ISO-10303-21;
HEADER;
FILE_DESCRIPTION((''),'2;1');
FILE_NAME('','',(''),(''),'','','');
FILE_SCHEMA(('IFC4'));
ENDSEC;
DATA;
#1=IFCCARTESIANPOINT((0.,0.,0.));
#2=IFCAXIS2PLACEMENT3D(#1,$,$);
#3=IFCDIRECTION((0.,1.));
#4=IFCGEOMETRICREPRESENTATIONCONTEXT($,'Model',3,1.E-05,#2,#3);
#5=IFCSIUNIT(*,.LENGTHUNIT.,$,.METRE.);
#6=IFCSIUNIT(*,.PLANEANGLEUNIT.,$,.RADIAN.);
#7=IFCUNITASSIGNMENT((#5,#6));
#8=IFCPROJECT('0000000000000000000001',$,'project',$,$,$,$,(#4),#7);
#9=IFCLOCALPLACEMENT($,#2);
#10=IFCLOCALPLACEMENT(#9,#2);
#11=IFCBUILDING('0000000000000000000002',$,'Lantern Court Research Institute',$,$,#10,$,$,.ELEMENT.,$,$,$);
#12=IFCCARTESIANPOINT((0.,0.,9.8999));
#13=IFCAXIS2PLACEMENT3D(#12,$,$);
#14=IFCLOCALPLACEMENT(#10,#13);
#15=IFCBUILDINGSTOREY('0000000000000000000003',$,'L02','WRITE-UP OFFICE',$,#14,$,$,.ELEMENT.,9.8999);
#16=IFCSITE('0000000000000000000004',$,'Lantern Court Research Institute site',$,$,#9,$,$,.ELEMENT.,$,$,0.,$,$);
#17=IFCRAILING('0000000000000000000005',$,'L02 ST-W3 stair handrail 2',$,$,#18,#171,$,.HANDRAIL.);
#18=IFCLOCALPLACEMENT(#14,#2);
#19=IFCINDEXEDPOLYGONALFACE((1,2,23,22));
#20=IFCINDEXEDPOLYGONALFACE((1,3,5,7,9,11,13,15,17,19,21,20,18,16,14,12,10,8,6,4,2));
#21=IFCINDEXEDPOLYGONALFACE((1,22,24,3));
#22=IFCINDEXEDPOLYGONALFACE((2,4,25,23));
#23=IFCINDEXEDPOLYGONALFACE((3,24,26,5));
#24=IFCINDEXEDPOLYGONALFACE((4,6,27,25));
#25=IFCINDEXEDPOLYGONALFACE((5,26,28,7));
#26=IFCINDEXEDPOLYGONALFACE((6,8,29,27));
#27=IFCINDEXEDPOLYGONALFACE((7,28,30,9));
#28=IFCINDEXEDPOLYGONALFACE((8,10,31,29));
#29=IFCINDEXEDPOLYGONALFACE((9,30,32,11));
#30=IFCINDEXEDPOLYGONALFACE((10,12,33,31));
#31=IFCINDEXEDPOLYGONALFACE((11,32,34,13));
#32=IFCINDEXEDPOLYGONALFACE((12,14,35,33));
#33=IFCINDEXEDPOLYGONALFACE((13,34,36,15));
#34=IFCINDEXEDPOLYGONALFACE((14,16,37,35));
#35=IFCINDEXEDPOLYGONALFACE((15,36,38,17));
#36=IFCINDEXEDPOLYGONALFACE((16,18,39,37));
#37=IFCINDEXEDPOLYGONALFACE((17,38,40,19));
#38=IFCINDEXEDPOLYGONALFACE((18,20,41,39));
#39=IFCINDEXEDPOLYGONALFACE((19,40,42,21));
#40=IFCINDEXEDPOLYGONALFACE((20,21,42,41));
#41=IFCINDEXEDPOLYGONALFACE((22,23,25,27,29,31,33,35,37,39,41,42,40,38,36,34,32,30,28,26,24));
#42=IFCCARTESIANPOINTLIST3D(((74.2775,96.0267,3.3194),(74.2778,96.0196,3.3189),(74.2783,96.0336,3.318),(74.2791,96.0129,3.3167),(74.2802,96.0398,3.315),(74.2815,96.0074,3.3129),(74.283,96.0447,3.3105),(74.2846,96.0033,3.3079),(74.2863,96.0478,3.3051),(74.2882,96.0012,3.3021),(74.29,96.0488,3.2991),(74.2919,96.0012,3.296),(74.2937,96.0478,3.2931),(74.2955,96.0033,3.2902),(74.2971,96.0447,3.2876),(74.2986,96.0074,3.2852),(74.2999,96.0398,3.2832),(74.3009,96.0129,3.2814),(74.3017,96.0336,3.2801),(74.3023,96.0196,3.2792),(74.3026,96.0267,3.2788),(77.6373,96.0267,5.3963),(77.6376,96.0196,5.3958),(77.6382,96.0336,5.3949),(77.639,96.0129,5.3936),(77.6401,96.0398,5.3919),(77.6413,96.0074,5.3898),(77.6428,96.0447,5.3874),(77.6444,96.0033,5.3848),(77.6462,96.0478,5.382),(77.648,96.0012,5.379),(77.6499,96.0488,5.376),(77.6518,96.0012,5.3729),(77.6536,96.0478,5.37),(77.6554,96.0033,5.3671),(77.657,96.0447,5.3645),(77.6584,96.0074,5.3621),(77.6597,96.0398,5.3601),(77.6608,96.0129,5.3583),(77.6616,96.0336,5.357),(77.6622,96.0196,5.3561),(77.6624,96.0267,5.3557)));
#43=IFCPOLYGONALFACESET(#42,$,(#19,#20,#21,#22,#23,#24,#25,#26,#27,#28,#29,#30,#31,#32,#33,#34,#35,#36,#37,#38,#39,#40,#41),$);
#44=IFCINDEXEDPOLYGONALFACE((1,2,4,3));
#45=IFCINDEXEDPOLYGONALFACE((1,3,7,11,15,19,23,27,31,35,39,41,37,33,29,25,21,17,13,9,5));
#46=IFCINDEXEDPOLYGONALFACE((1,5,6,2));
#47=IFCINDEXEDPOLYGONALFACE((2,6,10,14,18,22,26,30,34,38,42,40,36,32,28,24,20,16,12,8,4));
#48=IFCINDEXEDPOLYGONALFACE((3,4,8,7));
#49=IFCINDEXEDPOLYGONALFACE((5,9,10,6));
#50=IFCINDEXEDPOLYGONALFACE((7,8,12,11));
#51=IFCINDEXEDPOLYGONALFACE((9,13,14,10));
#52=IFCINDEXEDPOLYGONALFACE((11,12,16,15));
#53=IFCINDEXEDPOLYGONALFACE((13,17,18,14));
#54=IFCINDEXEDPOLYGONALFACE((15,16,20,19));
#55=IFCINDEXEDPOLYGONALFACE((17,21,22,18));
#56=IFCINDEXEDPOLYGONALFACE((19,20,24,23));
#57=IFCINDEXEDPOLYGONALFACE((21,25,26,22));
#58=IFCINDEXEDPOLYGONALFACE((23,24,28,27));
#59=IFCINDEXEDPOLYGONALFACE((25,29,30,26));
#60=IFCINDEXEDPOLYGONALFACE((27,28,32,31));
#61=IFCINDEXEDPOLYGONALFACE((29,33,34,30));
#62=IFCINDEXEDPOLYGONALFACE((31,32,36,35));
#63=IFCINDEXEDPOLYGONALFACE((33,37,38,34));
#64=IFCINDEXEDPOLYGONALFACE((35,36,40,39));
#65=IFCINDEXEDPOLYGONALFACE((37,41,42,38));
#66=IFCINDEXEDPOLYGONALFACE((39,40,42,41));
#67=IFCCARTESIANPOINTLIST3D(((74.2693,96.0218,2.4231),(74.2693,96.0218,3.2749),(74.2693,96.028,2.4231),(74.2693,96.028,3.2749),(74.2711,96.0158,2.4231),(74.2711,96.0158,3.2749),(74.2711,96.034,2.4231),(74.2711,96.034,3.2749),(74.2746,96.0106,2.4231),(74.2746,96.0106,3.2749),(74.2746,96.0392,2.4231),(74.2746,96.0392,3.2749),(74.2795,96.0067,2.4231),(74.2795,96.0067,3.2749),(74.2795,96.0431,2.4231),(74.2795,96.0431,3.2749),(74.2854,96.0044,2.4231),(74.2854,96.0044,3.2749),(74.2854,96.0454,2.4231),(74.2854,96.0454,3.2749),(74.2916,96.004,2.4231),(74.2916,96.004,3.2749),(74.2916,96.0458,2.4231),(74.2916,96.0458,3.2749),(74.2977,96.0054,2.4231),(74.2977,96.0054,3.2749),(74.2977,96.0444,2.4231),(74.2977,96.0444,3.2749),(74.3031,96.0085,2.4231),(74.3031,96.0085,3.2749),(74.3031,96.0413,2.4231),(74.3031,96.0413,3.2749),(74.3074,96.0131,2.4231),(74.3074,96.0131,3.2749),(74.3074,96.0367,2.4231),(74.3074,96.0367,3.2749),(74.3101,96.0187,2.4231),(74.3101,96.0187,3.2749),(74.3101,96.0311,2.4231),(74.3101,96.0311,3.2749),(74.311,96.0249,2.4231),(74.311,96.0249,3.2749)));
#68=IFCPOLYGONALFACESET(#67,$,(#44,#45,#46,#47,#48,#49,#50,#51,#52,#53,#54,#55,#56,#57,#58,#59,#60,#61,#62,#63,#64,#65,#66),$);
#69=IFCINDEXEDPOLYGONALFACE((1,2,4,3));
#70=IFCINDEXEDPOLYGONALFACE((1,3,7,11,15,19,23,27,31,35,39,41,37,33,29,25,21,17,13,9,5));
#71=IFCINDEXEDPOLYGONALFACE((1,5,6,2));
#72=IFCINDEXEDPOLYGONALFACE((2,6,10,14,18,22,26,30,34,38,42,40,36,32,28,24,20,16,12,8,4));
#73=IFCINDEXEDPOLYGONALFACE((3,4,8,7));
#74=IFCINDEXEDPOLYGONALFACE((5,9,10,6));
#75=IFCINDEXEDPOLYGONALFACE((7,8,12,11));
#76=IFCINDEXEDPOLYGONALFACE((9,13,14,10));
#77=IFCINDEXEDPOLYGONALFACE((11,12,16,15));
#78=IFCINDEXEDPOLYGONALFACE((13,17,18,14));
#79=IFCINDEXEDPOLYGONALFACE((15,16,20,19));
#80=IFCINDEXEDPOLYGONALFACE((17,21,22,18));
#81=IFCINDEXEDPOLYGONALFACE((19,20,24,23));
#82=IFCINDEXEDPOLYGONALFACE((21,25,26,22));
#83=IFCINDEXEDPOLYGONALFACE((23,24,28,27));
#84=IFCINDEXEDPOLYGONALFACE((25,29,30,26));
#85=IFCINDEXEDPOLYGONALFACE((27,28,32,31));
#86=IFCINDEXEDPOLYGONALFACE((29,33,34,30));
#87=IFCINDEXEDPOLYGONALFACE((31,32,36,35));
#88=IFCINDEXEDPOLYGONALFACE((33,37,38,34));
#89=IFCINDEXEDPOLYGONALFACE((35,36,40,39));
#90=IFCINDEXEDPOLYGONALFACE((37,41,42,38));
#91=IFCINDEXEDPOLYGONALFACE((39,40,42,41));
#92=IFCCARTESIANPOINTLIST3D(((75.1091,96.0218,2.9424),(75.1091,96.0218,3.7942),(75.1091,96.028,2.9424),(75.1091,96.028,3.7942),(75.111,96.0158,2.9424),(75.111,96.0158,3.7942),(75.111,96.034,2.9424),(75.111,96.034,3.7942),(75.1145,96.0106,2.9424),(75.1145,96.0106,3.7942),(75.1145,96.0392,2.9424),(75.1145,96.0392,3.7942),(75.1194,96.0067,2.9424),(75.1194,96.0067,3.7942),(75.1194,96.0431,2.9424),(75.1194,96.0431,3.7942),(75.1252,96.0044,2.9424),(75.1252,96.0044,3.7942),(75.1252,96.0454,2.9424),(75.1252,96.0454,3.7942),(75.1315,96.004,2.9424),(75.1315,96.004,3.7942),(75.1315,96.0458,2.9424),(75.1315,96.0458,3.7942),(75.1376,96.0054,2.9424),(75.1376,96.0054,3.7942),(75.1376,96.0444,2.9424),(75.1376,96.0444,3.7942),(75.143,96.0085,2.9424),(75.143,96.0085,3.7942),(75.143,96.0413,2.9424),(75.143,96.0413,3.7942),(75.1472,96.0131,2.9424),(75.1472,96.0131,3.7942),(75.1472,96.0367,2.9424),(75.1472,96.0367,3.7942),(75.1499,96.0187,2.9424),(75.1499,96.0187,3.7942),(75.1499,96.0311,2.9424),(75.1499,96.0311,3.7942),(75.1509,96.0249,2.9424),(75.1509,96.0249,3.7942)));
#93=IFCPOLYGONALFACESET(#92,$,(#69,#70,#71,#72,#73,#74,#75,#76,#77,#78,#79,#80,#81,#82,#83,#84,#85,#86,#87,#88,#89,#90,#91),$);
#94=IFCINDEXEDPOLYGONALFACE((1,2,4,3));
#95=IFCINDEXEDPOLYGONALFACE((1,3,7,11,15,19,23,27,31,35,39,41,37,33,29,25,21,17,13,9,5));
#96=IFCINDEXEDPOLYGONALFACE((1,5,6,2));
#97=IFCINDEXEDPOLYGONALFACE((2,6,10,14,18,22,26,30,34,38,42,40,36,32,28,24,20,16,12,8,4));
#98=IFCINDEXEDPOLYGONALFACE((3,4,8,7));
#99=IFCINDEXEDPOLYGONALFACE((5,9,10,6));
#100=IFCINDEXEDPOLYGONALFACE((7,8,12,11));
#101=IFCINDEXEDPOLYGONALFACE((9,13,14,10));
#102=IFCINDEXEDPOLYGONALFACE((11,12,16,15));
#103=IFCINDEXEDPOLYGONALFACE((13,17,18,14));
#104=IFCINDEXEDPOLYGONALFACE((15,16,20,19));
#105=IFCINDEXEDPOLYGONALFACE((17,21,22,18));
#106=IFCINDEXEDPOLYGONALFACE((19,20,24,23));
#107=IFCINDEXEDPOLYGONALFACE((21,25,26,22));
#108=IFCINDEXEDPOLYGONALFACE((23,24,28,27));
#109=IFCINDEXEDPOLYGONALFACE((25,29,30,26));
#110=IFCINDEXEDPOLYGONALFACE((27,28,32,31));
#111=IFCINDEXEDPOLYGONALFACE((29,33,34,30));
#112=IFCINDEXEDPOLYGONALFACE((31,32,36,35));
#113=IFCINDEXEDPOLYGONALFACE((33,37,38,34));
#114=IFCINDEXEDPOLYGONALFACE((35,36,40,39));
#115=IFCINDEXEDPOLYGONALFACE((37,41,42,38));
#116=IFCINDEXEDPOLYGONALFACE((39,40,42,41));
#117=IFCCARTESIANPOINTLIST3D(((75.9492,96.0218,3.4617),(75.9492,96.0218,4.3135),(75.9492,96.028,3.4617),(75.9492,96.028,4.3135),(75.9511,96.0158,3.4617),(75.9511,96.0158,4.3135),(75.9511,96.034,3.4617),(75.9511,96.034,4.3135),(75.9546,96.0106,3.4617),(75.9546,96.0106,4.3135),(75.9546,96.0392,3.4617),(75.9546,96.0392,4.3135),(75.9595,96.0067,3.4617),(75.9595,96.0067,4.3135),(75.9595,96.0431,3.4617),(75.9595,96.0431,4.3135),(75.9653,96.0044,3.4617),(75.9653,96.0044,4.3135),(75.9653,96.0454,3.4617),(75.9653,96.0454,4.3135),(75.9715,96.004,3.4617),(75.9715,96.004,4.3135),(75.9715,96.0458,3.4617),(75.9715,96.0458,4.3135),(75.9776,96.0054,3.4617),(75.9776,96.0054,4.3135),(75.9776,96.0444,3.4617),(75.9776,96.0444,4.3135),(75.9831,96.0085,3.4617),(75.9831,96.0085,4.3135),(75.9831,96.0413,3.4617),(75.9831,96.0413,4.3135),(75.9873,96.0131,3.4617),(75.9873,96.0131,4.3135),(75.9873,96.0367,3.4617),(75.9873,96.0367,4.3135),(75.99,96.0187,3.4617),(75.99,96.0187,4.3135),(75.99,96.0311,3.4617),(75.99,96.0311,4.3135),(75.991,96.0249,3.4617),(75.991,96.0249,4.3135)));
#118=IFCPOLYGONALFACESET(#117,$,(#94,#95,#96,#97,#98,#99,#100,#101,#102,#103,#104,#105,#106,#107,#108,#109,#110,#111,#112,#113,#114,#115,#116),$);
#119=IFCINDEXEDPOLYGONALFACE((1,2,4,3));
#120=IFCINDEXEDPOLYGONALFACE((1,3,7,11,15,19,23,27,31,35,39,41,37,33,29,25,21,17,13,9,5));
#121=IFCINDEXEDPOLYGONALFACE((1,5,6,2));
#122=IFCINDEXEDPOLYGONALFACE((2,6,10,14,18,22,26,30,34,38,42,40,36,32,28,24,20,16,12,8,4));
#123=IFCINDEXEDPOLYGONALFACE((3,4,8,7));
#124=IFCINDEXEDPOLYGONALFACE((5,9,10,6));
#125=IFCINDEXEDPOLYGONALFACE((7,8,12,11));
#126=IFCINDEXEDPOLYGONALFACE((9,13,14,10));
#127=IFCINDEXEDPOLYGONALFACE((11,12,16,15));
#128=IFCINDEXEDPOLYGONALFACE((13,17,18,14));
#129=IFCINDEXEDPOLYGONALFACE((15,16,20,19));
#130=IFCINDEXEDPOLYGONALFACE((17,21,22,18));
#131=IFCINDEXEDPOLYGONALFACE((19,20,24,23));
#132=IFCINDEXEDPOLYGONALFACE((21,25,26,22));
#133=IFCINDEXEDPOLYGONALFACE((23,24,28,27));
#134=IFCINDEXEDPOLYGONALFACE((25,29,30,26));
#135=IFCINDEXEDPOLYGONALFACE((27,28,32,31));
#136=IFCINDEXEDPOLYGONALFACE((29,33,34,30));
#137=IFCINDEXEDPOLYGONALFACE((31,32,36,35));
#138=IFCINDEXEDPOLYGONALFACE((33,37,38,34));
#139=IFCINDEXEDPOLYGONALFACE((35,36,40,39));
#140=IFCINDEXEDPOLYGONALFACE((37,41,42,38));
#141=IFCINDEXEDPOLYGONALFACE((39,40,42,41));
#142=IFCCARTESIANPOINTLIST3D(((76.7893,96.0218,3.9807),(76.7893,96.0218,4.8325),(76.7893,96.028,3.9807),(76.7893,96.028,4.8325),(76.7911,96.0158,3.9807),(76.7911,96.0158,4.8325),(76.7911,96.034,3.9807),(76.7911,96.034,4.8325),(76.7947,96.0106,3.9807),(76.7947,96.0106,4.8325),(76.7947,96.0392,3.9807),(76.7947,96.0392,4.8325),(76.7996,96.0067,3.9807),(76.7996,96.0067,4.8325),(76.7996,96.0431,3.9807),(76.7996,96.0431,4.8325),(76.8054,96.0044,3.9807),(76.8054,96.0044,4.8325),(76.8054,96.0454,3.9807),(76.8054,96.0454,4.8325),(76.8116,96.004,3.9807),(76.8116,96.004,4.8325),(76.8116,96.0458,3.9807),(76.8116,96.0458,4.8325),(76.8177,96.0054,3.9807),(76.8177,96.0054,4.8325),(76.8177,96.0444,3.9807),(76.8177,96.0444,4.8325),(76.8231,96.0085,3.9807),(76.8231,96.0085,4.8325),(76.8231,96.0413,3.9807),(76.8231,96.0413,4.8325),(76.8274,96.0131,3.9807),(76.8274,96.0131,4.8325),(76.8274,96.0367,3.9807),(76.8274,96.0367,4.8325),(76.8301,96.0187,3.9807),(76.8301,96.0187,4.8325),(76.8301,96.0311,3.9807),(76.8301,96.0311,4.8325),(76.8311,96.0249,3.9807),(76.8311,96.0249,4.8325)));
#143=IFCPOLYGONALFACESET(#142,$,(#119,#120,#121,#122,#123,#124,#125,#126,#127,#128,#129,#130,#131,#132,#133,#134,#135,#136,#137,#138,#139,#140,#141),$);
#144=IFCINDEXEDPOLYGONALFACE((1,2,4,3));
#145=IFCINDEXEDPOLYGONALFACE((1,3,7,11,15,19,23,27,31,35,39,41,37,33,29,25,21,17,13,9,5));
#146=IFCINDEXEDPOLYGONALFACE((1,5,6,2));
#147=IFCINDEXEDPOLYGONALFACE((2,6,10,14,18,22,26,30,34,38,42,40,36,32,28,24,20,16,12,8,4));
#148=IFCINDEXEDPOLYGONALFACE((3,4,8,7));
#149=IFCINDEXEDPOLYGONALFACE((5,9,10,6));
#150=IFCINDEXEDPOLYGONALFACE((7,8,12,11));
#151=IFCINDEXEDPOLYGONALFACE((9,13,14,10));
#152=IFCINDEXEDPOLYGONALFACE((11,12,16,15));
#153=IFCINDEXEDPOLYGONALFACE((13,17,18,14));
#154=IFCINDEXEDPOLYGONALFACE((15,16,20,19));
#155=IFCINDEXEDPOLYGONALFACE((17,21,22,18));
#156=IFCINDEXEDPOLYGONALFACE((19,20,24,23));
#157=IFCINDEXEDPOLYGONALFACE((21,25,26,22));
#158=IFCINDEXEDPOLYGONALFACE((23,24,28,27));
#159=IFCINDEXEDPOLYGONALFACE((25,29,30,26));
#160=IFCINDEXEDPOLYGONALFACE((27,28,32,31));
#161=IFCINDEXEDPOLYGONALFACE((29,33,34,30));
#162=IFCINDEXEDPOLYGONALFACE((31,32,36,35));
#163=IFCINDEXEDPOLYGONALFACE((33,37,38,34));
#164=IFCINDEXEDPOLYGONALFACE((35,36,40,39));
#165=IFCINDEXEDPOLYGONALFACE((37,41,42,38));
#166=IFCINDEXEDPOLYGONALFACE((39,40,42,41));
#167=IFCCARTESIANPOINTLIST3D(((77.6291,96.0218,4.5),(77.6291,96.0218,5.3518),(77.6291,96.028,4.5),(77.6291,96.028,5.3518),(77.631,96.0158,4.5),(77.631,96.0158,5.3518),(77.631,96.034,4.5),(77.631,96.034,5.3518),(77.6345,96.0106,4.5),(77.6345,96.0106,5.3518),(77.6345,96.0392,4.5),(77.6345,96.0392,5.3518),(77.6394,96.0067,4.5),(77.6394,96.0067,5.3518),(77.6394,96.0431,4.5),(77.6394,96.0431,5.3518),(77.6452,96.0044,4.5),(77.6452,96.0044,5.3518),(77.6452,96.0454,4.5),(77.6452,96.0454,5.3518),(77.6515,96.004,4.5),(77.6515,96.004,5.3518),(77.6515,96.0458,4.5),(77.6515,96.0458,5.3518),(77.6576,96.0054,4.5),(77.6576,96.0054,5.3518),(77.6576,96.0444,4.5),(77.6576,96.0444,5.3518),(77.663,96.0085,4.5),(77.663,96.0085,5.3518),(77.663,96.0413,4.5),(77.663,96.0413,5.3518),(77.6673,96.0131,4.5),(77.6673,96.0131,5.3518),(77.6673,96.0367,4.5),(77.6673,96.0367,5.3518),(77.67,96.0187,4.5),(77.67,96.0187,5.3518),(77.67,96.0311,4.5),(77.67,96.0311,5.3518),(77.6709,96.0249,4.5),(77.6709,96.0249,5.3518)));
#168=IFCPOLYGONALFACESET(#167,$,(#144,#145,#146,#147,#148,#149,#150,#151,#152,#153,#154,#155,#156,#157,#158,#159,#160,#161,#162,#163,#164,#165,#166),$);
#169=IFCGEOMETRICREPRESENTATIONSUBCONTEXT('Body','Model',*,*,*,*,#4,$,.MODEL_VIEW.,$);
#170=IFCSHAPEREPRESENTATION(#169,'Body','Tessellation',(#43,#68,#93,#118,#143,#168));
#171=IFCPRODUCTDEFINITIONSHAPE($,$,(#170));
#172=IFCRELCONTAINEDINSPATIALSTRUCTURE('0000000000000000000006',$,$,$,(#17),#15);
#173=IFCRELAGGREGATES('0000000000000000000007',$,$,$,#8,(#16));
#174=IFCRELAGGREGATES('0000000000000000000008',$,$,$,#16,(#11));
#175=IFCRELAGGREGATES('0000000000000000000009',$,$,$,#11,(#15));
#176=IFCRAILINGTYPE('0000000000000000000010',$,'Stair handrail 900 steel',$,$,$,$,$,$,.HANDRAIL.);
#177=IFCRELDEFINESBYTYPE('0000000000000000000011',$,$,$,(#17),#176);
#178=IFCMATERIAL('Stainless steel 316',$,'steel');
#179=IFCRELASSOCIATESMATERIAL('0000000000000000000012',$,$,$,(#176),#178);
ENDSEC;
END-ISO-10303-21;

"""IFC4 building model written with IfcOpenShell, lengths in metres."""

from ifc_helpers import new_model, si_unit, direction, frame, origin, origin_2d, place, context, subcontext, project, spatial, circle, extrude, material, type_object, element, save


model = new_model("IFC4")

# Units and contexts
model_context = context("Model", 3, precision=1e-05, world=origin(), true_north=direction((0.0, 1.0)))
body_context = subcontext(model_context, "Body", "Model", "MODEL_VIEW")
ifc_project = project(units=[si_unit("LENGTHUNIT", "METRE"), si_unit("PLANEANGLEUNIT", "RADIAN")], contexts=[model_context])

# Site, building, storey
site_placement = place(None, origin())
site = spatial("IfcSite", under=ifc_project, at=site_placement, Name="Lantern Court Research Institute site", CompositionType="ELEMENT", RefElevation=0.0)
building_placement = place(site_placement, origin())
building = spatial("IfcBuilding", under=site, at=building_placement, Name="Lantern Court Research Institute", CompositionType="ELEMENT")
storey_placement = place(building_placement, frame((0.0, 0.0, 9.8999)))
storey = spatial("IfcBuildingStorey", under=building, at=storey_placement, Name="L02", Description="WRITE-UP OFFICE", CompositionType="ELEMENT", Elevation=9.8999)

# Railing
ifc_material_1 = material(Name="Stainless steel 316", Category="steel")
railing_type_1 = type_object("IfcRailingType", Name="Stair handrail 900 steel", PredefinedType="HANDRAIL", material=ifc_material_1)
railing_1_placement = place(storey_placement, frame((74.29, 96.0249, 2.4231)))
element("IfcRailing", 1, at=railing_1_placement, inside=storey, type_object=railing_type_1, Name="L02 ST-W3 stair handrail 2", PredefinedType="HANDRAIL", context=body_context, shape_type="SweptSolid", body=[
    extrude(circle(Radius=0.0239, at=origin_2d()), frame((0.0, 0.0, 0.876), z_axis=(0.850606, 0.0, 0.525803), x_axis=(0.0, 1.0, 0.0)), (0.0, 0.0, 1.0), 3.95),
    extrude(circle(Radius=0.021, at=origin_2d()), origin(), (0.0, 0.0, 1.0), 0.8518),
    extrude(circle(Radius=0.021, at=origin_2d()), frame((0.8398, 0.0, 0.5193)), (0.0, 0.0, 1.0), 0.8518),
    extrude(circle(Radius=0.021, at=origin_2d()), frame((1.6799, 0.0, 1.0386)), (0.0, 0.0, 1.0), 0.8518),
    extrude(circle(Radius=0.021, at=origin_2d()), frame((2.52, 0.0, 1.5576)), (0.0, 0.0, 1.0), 0.8518),
    extrude(circle(Radius=0.021, at=origin_2d()), frame((3.3599, 0.0, 2.0769)), (0.0, 0.0, 1.0), 0.8518),
])

save(model, "model.ifc")
